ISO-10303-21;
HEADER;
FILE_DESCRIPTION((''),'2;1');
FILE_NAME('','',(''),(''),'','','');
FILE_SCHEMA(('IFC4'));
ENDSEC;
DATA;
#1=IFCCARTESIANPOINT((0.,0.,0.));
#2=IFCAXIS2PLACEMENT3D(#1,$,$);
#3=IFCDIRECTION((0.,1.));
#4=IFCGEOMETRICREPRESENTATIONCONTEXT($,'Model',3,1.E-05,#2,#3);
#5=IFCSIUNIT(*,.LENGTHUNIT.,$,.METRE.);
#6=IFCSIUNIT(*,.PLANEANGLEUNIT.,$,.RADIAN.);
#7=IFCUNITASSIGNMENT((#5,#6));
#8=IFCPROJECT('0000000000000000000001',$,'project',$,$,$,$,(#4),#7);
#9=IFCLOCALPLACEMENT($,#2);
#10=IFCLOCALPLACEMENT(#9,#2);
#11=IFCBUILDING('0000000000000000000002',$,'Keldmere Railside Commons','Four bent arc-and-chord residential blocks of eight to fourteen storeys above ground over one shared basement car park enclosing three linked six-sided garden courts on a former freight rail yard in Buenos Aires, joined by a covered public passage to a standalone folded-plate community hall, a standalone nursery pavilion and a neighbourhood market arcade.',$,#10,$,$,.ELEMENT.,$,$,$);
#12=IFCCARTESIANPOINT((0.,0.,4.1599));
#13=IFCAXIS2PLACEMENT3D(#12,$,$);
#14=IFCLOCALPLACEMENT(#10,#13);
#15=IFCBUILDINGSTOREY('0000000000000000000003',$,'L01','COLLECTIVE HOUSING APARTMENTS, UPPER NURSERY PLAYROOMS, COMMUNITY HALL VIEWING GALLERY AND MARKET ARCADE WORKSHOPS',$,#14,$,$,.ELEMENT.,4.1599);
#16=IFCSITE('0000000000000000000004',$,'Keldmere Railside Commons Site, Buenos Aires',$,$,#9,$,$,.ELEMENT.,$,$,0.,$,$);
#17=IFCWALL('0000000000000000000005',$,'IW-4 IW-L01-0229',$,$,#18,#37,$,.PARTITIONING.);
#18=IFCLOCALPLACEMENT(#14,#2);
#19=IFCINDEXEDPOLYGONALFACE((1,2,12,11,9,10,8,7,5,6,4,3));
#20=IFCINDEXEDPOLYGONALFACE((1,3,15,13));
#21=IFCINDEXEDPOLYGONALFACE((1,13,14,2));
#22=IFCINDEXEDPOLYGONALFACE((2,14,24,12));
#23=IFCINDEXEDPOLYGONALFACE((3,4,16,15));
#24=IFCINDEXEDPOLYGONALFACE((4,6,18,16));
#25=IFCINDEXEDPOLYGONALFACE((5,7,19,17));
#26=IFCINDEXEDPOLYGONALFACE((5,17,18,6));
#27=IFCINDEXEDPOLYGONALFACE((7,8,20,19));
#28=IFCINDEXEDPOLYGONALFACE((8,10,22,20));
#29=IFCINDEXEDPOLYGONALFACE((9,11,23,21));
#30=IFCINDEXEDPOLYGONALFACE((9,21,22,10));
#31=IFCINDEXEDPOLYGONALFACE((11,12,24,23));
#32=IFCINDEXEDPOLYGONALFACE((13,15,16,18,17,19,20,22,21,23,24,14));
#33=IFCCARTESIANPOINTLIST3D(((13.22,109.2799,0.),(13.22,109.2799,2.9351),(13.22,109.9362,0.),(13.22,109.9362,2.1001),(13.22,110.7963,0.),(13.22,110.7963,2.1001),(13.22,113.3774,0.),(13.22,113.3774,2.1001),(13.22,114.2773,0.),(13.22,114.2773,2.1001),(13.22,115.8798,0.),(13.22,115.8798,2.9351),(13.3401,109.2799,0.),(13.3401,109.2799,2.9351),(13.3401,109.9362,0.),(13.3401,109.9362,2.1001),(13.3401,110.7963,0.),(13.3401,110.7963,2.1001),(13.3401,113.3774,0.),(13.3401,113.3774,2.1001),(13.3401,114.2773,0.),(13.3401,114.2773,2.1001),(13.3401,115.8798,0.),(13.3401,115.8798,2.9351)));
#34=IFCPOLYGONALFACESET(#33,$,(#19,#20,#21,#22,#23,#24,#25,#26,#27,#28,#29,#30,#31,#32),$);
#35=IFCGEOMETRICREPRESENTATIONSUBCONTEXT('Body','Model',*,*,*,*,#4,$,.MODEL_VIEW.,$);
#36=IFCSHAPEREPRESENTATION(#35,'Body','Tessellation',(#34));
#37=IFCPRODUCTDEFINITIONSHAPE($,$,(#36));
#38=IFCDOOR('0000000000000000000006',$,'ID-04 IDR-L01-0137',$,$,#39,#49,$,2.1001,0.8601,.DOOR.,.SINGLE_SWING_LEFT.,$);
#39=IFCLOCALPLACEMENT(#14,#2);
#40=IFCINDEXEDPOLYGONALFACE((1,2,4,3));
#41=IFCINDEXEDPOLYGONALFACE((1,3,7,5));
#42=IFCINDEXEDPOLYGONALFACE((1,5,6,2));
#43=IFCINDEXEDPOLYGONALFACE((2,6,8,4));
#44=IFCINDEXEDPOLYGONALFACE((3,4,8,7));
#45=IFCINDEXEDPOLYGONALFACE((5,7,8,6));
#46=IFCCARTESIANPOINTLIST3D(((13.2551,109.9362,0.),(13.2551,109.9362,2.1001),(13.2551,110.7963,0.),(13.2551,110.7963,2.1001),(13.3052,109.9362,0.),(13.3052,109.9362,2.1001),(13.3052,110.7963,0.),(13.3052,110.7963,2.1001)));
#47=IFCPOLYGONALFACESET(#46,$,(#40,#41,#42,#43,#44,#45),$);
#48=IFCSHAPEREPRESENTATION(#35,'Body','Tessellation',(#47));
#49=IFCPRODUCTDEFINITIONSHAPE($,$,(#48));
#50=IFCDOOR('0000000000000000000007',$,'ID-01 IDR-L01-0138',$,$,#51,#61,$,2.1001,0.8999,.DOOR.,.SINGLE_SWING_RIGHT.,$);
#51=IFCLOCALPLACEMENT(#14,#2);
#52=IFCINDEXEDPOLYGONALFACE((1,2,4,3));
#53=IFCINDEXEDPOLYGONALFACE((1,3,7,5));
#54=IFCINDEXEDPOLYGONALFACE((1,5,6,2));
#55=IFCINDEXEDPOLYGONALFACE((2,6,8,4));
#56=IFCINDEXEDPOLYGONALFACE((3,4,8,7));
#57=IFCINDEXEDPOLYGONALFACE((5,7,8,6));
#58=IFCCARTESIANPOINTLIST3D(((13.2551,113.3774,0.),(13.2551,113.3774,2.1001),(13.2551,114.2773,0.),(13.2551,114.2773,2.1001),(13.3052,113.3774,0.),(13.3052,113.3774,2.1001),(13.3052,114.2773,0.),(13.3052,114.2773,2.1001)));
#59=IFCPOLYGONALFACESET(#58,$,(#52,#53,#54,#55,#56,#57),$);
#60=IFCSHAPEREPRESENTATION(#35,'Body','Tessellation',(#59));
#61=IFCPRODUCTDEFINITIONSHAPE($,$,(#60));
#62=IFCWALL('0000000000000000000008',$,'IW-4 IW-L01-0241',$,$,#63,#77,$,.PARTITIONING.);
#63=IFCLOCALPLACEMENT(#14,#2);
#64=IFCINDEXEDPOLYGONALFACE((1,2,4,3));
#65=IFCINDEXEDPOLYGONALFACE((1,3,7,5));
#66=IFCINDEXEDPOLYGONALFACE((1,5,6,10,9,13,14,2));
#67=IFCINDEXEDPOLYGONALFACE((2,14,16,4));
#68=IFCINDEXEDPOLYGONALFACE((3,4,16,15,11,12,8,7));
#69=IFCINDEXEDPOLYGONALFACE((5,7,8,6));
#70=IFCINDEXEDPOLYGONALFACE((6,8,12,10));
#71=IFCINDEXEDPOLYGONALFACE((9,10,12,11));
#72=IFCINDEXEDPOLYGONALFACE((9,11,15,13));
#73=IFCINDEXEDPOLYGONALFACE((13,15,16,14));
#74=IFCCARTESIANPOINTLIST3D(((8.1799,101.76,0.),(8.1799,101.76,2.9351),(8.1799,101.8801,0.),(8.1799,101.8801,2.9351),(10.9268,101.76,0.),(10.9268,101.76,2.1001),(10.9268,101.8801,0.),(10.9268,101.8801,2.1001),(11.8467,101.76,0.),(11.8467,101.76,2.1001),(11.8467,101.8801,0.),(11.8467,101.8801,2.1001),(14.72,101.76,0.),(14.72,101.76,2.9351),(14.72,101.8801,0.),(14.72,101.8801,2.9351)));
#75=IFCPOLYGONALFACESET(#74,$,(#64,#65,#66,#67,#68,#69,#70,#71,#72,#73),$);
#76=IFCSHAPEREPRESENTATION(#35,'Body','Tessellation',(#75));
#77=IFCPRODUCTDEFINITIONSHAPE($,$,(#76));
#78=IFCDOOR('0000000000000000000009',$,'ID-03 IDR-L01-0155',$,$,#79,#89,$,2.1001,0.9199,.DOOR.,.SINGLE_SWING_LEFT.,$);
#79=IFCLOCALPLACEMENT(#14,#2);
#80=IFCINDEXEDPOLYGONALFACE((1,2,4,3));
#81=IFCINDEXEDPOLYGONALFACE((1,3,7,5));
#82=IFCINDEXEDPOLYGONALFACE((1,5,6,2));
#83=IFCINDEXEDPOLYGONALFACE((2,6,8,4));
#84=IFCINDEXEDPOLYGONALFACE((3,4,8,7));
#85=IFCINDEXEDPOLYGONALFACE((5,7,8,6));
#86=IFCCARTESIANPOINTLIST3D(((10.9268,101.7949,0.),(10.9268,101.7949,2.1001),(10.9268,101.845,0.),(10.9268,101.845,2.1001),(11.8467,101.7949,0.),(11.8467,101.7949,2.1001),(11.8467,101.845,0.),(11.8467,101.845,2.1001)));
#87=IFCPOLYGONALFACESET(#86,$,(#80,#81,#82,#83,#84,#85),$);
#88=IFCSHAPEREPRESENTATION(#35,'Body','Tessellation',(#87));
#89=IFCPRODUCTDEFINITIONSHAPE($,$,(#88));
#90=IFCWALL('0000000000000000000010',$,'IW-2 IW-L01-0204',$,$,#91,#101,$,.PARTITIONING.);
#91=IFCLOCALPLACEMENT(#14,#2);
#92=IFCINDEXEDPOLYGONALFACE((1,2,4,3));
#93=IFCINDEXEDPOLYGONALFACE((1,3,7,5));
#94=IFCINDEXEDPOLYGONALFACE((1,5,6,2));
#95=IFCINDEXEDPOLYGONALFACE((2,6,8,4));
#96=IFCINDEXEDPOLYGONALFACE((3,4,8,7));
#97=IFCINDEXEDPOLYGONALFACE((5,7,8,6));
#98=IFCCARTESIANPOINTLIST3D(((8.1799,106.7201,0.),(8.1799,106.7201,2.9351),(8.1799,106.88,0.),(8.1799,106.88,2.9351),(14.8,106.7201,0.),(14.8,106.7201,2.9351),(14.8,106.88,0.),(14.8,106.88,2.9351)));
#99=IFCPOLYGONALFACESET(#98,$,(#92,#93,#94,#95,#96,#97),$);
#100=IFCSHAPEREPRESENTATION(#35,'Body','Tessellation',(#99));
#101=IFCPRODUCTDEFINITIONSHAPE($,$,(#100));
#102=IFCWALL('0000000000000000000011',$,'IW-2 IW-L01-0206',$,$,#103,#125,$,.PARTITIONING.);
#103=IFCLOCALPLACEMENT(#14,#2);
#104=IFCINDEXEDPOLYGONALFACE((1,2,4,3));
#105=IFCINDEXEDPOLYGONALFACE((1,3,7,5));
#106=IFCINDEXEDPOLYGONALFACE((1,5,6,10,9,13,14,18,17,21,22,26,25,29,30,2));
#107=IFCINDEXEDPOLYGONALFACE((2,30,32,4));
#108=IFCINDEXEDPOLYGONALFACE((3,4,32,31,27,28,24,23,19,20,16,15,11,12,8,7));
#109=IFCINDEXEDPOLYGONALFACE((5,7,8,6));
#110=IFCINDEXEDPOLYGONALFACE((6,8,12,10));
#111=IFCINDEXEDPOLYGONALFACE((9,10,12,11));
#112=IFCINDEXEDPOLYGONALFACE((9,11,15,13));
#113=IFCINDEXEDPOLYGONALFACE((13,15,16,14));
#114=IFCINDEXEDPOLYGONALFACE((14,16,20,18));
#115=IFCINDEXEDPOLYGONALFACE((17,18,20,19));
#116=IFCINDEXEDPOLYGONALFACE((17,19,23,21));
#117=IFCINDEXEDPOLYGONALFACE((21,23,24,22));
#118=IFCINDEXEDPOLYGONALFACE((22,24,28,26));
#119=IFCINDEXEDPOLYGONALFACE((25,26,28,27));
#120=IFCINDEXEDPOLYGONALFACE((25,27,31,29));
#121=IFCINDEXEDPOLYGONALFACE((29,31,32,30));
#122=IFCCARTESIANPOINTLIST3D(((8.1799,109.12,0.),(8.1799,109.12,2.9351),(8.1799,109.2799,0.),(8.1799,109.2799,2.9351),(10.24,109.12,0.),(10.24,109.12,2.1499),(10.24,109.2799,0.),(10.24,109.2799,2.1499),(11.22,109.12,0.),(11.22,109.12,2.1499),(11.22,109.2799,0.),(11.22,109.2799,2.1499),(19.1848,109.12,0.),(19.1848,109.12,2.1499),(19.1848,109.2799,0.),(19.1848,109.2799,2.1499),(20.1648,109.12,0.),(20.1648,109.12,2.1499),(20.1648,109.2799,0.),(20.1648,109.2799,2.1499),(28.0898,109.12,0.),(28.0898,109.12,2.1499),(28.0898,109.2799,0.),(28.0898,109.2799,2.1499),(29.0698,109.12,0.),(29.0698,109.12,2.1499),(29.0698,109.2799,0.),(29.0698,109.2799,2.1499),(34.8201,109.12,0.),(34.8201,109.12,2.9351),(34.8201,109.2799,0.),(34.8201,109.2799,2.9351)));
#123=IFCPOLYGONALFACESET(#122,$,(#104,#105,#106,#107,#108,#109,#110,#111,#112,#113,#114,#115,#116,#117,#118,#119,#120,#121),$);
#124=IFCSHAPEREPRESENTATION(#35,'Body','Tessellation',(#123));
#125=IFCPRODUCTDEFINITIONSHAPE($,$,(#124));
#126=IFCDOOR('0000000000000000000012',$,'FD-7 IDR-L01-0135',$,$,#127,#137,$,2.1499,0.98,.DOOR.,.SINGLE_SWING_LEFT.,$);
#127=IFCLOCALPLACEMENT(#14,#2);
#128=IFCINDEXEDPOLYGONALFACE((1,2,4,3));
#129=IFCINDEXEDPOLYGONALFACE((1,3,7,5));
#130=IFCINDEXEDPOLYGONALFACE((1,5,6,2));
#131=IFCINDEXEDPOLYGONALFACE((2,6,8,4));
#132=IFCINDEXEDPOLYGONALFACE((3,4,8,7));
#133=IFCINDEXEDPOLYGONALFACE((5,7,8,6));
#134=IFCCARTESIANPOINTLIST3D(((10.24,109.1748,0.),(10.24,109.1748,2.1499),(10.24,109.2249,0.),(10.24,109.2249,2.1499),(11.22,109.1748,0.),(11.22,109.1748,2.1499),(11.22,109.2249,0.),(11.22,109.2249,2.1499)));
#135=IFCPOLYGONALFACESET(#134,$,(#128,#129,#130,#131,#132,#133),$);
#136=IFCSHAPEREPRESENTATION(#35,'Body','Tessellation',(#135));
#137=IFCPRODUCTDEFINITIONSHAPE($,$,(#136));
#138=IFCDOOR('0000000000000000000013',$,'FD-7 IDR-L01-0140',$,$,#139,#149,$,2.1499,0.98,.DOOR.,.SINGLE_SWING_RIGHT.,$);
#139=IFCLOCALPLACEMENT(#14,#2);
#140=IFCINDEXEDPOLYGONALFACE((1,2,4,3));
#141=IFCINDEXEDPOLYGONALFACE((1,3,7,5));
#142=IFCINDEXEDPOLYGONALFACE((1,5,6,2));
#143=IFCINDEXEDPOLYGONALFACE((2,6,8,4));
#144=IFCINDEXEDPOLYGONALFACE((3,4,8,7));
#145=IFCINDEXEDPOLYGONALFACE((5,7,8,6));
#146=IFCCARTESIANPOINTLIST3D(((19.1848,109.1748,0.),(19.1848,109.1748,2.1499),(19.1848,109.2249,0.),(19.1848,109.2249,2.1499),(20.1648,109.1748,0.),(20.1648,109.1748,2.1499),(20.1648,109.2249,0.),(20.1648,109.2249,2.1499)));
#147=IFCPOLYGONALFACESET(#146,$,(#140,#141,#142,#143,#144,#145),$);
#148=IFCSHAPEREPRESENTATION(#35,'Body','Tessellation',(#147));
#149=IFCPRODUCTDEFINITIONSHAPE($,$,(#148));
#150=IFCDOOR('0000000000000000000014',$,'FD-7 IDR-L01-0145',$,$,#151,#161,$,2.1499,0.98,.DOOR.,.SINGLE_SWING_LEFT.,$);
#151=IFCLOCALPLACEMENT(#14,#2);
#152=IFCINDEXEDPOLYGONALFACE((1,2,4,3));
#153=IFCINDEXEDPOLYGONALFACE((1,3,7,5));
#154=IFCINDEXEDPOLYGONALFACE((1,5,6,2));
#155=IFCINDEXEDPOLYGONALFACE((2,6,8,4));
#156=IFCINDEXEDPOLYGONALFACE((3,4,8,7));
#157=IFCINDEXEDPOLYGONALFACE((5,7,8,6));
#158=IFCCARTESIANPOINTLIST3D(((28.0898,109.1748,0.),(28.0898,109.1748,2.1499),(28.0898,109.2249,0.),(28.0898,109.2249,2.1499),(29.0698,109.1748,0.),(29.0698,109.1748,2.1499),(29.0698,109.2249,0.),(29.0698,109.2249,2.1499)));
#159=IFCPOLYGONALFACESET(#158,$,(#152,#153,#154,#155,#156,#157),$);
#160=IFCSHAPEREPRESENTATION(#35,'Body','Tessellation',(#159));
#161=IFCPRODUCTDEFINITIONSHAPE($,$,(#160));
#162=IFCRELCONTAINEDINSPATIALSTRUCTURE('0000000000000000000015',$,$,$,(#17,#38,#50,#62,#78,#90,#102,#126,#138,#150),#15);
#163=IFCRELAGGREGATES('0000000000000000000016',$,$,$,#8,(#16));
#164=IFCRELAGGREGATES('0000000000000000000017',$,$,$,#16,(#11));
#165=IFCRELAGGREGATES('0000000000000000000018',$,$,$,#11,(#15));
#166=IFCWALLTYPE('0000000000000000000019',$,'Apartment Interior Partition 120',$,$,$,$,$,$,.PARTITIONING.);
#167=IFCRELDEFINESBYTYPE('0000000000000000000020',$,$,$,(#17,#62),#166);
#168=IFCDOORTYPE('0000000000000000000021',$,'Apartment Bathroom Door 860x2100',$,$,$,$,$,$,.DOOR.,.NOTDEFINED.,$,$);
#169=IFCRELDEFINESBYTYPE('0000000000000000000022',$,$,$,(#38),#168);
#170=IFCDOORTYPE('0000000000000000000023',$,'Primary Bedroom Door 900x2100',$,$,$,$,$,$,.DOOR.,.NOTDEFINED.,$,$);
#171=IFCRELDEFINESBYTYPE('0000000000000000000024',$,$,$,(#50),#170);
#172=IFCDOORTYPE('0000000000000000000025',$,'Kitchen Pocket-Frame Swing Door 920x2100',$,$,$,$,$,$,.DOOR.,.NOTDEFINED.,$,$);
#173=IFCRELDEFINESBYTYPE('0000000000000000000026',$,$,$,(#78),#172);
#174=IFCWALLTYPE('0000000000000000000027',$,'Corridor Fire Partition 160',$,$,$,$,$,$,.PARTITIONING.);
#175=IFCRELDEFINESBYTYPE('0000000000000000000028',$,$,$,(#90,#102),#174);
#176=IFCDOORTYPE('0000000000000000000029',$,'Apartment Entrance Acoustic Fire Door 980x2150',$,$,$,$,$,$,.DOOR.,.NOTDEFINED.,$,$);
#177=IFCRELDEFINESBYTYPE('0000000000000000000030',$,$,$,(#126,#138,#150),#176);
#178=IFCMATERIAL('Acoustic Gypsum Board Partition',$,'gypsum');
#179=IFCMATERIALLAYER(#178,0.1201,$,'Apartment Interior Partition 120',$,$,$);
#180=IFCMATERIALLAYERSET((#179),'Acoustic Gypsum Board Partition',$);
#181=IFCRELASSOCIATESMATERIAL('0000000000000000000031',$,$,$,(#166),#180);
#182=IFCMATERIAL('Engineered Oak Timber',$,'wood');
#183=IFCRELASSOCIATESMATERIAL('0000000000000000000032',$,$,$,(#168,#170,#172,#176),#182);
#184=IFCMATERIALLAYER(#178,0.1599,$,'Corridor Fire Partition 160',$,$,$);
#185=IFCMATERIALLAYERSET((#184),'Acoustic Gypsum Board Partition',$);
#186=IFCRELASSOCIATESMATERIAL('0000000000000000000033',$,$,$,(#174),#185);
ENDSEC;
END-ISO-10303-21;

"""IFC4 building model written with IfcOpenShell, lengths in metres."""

from ifc_helpers import new_model, si_unit, direction, frame, frame_2d, origin, place, context, subcontext, project, spatial, rectangle, extrude, material, layer, layer_set, type_object, element, fill, save


model = new_model("IFC4")

# Units and contexts
model_context = context("Model", 3, precision=1e-05, world=origin(), true_north=direction((0.0, 1.0)))
body_context = subcontext(model_context, "Body", "Model", "MODEL_VIEW")
ifc_project = project(units=[si_unit("LENGTHUNIT", "METRE"), si_unit("PLANEANGLEUNIT", "RADIAN")], contexts=[model_context])

# Site, building, storey
site_placement = place(None, origin())
site = spatial("IfcSite", under=ifc_project, at=site_placement, Name="Keldmere Railside Commons Site, Buenos Aires", CompositionType="ELEMENT", RefElevation=0.0)
building_placement = place(site_placement, origin())
building = spatial("IfcBuilding", under=site, at=building_placement, Name="Keldmere Railside Commons", Description="Four bent arc-and-chord residential blocks of eight to fourteen storeys above ground over one shared basement car park enclosing three linked six-sided garden courts on a former freight rail yard in Buenos Aires, joined by a covered public passage to a standalone folded-plate community hall, a standalone nursery pavilion and a neighbourhood market arcade.", CompositionType="ELEMENT")
storey_placement = place(building_placement, frame((0.0, 0.0, 4.1599)))
storey = spatial("IfcBuildingStorey", under=building, at=storey_placement, Name="L01", Description="COLLECTIVE HOUSING APARTMENTS, UPPER NURSERY PLAYROOMS, COMMUNITY HALL VIEWING GALLERY AND MARKET ARCADE WORKSHOPS", CompositionType="ELEMENT", Elevation=4.1599)

# Wall, openings, doors
ifc_material_1 = material(Name="Acoustic Gypsum Board Partition", Category="gypsum")
ifc_layer_1 = layer(ifc_material_1, 0.1201, Name="Apartment Interior Partition 120")
ifc_layer_set_1 = layer_set([ifc_layer_1], Name="Acoustic Gypsum Board Partition")
wall_type_1 = type_object("IfcWallType", Name="Apartment Interior Partition 120", PredefinedType="PARTITIONING", material=ifc_layer_set_1)
wall_1_placement = place(storey_placement, frame((13.28, 109.28, 0.0), z_axis=(0.0, 0.0, 1.0), x_axis=(0.0, 1.0, 0.0)))
wall_1 = element("IfcWall", 1, at=wall_1_placement, inside=storey, type_object=wall_type_1, Name="IW-4 IW-L01-0229", PredefinedType="PARTITIONING", context=body_context, shape_type="SweptSolid", body=[
    extrude(rectangle(XDim=6.5999, YDim=0.1201, at=frame_2d((3.2998, 0.0))), origin(), (0.0, 0.0, 1.0), 2.9351),
])
opening_1_placement = place(wall_1_placement, frame((0.656, 0.0, 0.0)))
opening_1 = element("IfcOpeningElement", 2, at=opening_1_placement, cuts=wall_1, PredefinedType="OPENING", context=body_context, shape_type="SweptSolid", body=[
    extrude(rectangle(XDim=0.8601, YDim=2.1001, at=frame_2d((0.4302, 1.05))), frame((0.0, 0.0701, 0.0), z_axis=(0.0, -1.0, 0.0), x_axis=(1.0, 0.0, 0.0)), (0.0, 0.0, 1.0), 0.1401),
])
opening_2_placement = place(wall_1_placement, frame((4.0974, 0.0, 0.0)))
opening_2 = element("IfcOpeningElement", 3, at=opening_2_placement, cuts=wall_1, PredefinedType="OPENING", context=body_context, shape_type="SweptSolid", body=[
    extrude(rectangle(XDim=0.8999, YDim=2.1001, at=frame_2d((0.45, 1.05))), frame((0.0, 0.0701, 0.0), z_axis=(0.0, -1.0, 0.0), x_axis=(1.0, 0.0, 0.0)), (0.0, 0.0, 1.0), 0.1401),
])
ifc_material_2 = material(Name="Engineered Oak Timber", Category="wood")
door_type_1 = type_object("IfcDoorType", Name="Apartment Bathroom Door 860x2100", OperationType="NOTDEFINED", PredefinedType="DOOR", material=ifc_material_2)
door_1_placement = place(opening_1_placement, origin())
door_1 = element("IfcDoor", 4, at=door_1_placement, inside=storey, type_object=door_type_1, Name="ID-04 IDR-L01-0137", OperationType="SINGLE_SWING_LEFT", OverallHeight=2.1001, OverallWidth=0.8601, PredefinedType="DOOR", context=body_context, shape_type="SweptSolid", body=[
    extrude(rectangle(XDim=0.8601, YDim=2.1001, at=frame_2d((0.4302, 1.05))), frame((0.0, 0.0249, 0.0), z_axis=(0.0, -1.0, 0.0), x_axis=(1.0, 0.0, 0.0)), (0.0, 0.0, 1.0), 0.05),
])
fill(opening_1, door_1)
door_type_2 = type_object("IfcDoorType", Name="Primary Bedroom Door 900x2100", OperationType="NOTDEFINED", PredefinedType="DOOR", material=ifc_material_2)
door_2_placement = place(opening_2_placement, origin())
door_2 = element("IfcDoor", 5, at=door_2_placement, inside=storey, type_object=door_type_2, Name="ID-01 IDR-L01-0138", OperationType="SINGLE_SWING_RIGHT", OverallHeight=2.1001, OverallWidth=0.8999, PredefinedType="DOOR", context=body_context, shape_type="SweptSolid", body=[
    extrude(rectangle(XDim=0.8999, YDim=2.1001, at=frame_2d((0.45, 1.05))), frame((0.0, 0.0249, 0.0), z_axis=(0.0, -1.0, 0.0), x_axis=(1.0, 0.0, 0.0)), (0.0, 0.0, 1.0), 0.05),
])
fill(opening_2, door_2)

# Wall, opening, door
wall_2_placement = place(storey_placement, frame((8.1799, 101.8201, 0.0), z_axis=(0.0, 0.0, 1.0), x_axis=(1.0, 0.0, 0.0)))
wall_2 = element("IfcWall", 6, at=wall_2_placement, inside=storey, type_object=wall_type_1, Name="IW-4 IW-L01-0241", PredefinedType="PARTITIONING", context=body_context, shape_type="SweptSolid", body=[
    extrude(rectangle(XDim=6.54, YDim=0.1201, at=frame_2d((3.27, 0.0))), origin(), (0.0, 0.0, 1.0), 2.9351),
])
opening_3_placement = place(wall_2_placement, frame((2.7468, 0.0, 0.0)))
opening_3 = element("IfcOpeningElement", 7, at=opening_3_placement, cuts=wall_2, PredefinedType="OPENING", context=body_context, shape_type="SweptSolid", body=[
    extrude(rectangle(XDim=0.9199, YDim=2.1001, at=frame_2d((0.46, 1.05))), frame((0.0, 0.0701, 0.0), z_axis=(0.0, -1.0, 0.0), x_axis=(1.0, 0.0, 0.0)), (0.0, 0.0, 1.0), 0.1401),
])
door_type_3 = type_object("IfcDoorType", Name="Kitchen Pocket-Frame Swing Door 920x2100", OperationType="NOTDEFINED", PredefinedType="DOOR", material=ifc_material_2)
door_3_placement = place(opening_3_placement, origin())
door_3 = element("IfcDoor", 8, at=door_3_placement, inside=storey, type_object=door_type_3, Name="ID-03 IDR-L01-0155", OperationType="SINGLE_SWING_LEFT", OverallHeight=2.1001, OverallWidth=0.9199, PredefinedType="DOOR", context=body_context, shape_type="SweptSolid", body=[
    extrude(rectangle(XDim=0.9199, YDim=2.1001, at=frame_2d((0.46, 1.05))), frame((0.0, 0.0249, 0.0), z_axis=(0.0, -1.0, 0.0), x_axis=(1.0, 0.0, 0.0)), (0.0, 0.0, 1.0), 0.05),
])
fill(opening_3, door_3)

# Wall
ifc_layer_2 = layer(ifc_material_1, 0.1599, Name="Corridor Fire Partition 160")
ifc_layer_set_2 = layer_set([ifc_layer_2], Name="Acoustic Gypsum Board Partition")
wall_type_2 = type_object("IfcWallType", Name="Corridor Fire Partition 160", PredefinedType="PARTITIONING", material=ifc_layer_set_2)
wall_3_placement = place(storey_placement, frame((8.1799, 106.8, 0.0), z_axis=(0.0, 0.0, 1.0), x_axis=(1.0, 0.0, 0.0)))
element("IfcWall", 9, at=wall_3_placement, inside=storey, type_object=wall_type_2, Name="IW-2 IW-L01-0204", PredefinedType="PARTITIONING", context=body_context, shape_type="SweptSolid", body=[
    extrude(rectangle(XDim=6.6201, YDim=0.1599, at=frame_2d((3.3101, 0.0))), origin(), (0.0, 0.0, 1.0), 2.9351),
])

# Wall, openings, doors
wall_4_placement = place(storey_placement, frame((8.1799, 109.2, 0.0), z_axis=(0.0, 0.0, 1.0), x_axis=(1.0, 0.0, 0.0)))
wall_4 = element("IfcWall", 10, at=wall_4_placement, inside=storey, type_object=wall_type_2, Name="IW-2 IW-L01-0206", PredefinedType="PARTITIONING", context=body_context, shape_type="SweptSolid", body=[
    extrude(rectangle(XDim=26.6401, YDim=0.1599, at=frame_2d((13.3201, 0.0))), origin(), (0.0, 0.0, 1.0), 2.9351),
])
opening_4_placement = place(wall_4_placement, frame((2.0601, 0.0, 0.0)))
opening_4 = element("IfcOpeningElement", 11, at=opening_4_placement, cuts=wall_4, PredefinedType="OPENING", context=body_context, shape_type="SweptSolid", body=[
    extrude(rectangle(XDim=0.98, YDim=2.1499, at=frame_2d((0.49, 1.075))), frame((0.0, 0.0898, 0.0), z_axis=(0.0, -1.0, 0.0), x_axis=(1.0, 0.0, 0.0)), (0.0, 0.0, 1.0), 0.1799),
])
opening_5_placement = place(wall_4_placement, frame((11.0049, 0.0, 0.0)))
opening_5 = element("IfcOpeningElement", 12, at=opening_5_placement, cuts=wall_4, PredefinedType="OPENING", context=body_context, shape_type="SweptSolid", body=[
    extrude(rectangle(XDim=0.98, YDim=2.1499, at=frame_2d((0.49, 1.075))), frame((0.0, 0.0898, 0.0), z_axis=(0.0, -1.0, 0.0), x_axis=(1.0, 0.0, 0.0)), (0.0, 0.0, 1.0), 0.1799),
])
opening_6_placement = place(wall_4_placement, frame((19.9099, 0.0, 0.0)))
opening_6 = element("IfcOpeningElement", 13, at=opening_6_placement, cuts=wall_4, PredefinedType="OPENING", context=body_context, shape_type="SweptSolid", body=[
    extrude(rectangle(XDim=0.98, YDim=2.1499, at=frame_2d((0.49, 1.075))), frame((0.0, 0.0898, 0.0), z_axis=(0.0, -1.0, 0.0), x_axis=(1.0, 0.0, 0.0)), (0.0, 0.0, 1.0), 0.1799),
])
door_type_4 = type_object("IfcDoorType", Name="Apartment Entrance Acoustic Fire Door 980x2150", OperationType="NOTDEFINED", PredefinedType="DOOR", material=ifc_material_2)
door_4_placement = place(opening_4_placement, origin())
door_4 = element("IfcDoor", 14, at=door_4_placement, inside=storey, type_object=door_type_4, Name="FD-7 IDR-L01-0135", OperationType="SINGLE_SWING_LEFT", OverallHeight=2.1499, OverallWidth=0.98, PredefinedType="DOOR", context=body_context, shape_type="SweptSolid", body=[
    extrude(rectangle(XDim=0.98, YDim=2.1499, at=frame_2d((0.49, 1.075))), frame((0.0, 0.0249, 0.0), z_axis=(0.0, -1.0, 0.0), x_axis=(1.0, 0.0, 0.0)), (0.0, 0.0, 1.0), 0.05),
])
fill(opening_4, door_4)
door_5_placement = place(opening_5_placement, origin())
door_5 = element("IfcDoor", 15, at=door_5_placement, inside=storey, type_object=door_type_4, Name="FD-7 IDR-L01-0140", OperationType="SINGLE_SWING_RIGHT", OverallHeight=2.1499, OverallWidth=0.98, PredefinedType="DOOR", context=body_context, shape_type="SweptSolid", body=[
    extrude(rectangle(XDim=0.98, YDim=2.1499, at=frame_2d((0.49, 1.075))), frame((0.0, 0.0249, 0.0), z_axis=(0.0, -1.0, 0.0), x_axis=(1.0, 0.0, 0.0)), (0.0, 0.0, 1.0), 0.05),
])
fill(opening_5, door_5)
door_6_placement = place(opening_6_placement, origin())
door_6 = element("IfcDoor", 16, at=door_6_placement, inside=storey, type_object=door_type_4, Name="FD-7 IDR-L01-0145", OperationType="SINGLE_SWING_LEFT", OverallHeight=2.1499, OverallWidth=0.98, PredefinedType="DOOR", context=body_context, shape_type="SweptSolid", body=[
    extrude(rectangle(XDim=0.98, YDim=2.1499, at=frame_2d((0.49, 1.075))), frame((0.0, 0.0249, 0.0), z_axis=(0.0, -1.0, 0.0), x_axis=(1.0, 0.0, 0.0)), (0.0, 0.0, 1.0), 0.05),
])
fill(opening_6, door_6)

save(model, "model.ifc")
